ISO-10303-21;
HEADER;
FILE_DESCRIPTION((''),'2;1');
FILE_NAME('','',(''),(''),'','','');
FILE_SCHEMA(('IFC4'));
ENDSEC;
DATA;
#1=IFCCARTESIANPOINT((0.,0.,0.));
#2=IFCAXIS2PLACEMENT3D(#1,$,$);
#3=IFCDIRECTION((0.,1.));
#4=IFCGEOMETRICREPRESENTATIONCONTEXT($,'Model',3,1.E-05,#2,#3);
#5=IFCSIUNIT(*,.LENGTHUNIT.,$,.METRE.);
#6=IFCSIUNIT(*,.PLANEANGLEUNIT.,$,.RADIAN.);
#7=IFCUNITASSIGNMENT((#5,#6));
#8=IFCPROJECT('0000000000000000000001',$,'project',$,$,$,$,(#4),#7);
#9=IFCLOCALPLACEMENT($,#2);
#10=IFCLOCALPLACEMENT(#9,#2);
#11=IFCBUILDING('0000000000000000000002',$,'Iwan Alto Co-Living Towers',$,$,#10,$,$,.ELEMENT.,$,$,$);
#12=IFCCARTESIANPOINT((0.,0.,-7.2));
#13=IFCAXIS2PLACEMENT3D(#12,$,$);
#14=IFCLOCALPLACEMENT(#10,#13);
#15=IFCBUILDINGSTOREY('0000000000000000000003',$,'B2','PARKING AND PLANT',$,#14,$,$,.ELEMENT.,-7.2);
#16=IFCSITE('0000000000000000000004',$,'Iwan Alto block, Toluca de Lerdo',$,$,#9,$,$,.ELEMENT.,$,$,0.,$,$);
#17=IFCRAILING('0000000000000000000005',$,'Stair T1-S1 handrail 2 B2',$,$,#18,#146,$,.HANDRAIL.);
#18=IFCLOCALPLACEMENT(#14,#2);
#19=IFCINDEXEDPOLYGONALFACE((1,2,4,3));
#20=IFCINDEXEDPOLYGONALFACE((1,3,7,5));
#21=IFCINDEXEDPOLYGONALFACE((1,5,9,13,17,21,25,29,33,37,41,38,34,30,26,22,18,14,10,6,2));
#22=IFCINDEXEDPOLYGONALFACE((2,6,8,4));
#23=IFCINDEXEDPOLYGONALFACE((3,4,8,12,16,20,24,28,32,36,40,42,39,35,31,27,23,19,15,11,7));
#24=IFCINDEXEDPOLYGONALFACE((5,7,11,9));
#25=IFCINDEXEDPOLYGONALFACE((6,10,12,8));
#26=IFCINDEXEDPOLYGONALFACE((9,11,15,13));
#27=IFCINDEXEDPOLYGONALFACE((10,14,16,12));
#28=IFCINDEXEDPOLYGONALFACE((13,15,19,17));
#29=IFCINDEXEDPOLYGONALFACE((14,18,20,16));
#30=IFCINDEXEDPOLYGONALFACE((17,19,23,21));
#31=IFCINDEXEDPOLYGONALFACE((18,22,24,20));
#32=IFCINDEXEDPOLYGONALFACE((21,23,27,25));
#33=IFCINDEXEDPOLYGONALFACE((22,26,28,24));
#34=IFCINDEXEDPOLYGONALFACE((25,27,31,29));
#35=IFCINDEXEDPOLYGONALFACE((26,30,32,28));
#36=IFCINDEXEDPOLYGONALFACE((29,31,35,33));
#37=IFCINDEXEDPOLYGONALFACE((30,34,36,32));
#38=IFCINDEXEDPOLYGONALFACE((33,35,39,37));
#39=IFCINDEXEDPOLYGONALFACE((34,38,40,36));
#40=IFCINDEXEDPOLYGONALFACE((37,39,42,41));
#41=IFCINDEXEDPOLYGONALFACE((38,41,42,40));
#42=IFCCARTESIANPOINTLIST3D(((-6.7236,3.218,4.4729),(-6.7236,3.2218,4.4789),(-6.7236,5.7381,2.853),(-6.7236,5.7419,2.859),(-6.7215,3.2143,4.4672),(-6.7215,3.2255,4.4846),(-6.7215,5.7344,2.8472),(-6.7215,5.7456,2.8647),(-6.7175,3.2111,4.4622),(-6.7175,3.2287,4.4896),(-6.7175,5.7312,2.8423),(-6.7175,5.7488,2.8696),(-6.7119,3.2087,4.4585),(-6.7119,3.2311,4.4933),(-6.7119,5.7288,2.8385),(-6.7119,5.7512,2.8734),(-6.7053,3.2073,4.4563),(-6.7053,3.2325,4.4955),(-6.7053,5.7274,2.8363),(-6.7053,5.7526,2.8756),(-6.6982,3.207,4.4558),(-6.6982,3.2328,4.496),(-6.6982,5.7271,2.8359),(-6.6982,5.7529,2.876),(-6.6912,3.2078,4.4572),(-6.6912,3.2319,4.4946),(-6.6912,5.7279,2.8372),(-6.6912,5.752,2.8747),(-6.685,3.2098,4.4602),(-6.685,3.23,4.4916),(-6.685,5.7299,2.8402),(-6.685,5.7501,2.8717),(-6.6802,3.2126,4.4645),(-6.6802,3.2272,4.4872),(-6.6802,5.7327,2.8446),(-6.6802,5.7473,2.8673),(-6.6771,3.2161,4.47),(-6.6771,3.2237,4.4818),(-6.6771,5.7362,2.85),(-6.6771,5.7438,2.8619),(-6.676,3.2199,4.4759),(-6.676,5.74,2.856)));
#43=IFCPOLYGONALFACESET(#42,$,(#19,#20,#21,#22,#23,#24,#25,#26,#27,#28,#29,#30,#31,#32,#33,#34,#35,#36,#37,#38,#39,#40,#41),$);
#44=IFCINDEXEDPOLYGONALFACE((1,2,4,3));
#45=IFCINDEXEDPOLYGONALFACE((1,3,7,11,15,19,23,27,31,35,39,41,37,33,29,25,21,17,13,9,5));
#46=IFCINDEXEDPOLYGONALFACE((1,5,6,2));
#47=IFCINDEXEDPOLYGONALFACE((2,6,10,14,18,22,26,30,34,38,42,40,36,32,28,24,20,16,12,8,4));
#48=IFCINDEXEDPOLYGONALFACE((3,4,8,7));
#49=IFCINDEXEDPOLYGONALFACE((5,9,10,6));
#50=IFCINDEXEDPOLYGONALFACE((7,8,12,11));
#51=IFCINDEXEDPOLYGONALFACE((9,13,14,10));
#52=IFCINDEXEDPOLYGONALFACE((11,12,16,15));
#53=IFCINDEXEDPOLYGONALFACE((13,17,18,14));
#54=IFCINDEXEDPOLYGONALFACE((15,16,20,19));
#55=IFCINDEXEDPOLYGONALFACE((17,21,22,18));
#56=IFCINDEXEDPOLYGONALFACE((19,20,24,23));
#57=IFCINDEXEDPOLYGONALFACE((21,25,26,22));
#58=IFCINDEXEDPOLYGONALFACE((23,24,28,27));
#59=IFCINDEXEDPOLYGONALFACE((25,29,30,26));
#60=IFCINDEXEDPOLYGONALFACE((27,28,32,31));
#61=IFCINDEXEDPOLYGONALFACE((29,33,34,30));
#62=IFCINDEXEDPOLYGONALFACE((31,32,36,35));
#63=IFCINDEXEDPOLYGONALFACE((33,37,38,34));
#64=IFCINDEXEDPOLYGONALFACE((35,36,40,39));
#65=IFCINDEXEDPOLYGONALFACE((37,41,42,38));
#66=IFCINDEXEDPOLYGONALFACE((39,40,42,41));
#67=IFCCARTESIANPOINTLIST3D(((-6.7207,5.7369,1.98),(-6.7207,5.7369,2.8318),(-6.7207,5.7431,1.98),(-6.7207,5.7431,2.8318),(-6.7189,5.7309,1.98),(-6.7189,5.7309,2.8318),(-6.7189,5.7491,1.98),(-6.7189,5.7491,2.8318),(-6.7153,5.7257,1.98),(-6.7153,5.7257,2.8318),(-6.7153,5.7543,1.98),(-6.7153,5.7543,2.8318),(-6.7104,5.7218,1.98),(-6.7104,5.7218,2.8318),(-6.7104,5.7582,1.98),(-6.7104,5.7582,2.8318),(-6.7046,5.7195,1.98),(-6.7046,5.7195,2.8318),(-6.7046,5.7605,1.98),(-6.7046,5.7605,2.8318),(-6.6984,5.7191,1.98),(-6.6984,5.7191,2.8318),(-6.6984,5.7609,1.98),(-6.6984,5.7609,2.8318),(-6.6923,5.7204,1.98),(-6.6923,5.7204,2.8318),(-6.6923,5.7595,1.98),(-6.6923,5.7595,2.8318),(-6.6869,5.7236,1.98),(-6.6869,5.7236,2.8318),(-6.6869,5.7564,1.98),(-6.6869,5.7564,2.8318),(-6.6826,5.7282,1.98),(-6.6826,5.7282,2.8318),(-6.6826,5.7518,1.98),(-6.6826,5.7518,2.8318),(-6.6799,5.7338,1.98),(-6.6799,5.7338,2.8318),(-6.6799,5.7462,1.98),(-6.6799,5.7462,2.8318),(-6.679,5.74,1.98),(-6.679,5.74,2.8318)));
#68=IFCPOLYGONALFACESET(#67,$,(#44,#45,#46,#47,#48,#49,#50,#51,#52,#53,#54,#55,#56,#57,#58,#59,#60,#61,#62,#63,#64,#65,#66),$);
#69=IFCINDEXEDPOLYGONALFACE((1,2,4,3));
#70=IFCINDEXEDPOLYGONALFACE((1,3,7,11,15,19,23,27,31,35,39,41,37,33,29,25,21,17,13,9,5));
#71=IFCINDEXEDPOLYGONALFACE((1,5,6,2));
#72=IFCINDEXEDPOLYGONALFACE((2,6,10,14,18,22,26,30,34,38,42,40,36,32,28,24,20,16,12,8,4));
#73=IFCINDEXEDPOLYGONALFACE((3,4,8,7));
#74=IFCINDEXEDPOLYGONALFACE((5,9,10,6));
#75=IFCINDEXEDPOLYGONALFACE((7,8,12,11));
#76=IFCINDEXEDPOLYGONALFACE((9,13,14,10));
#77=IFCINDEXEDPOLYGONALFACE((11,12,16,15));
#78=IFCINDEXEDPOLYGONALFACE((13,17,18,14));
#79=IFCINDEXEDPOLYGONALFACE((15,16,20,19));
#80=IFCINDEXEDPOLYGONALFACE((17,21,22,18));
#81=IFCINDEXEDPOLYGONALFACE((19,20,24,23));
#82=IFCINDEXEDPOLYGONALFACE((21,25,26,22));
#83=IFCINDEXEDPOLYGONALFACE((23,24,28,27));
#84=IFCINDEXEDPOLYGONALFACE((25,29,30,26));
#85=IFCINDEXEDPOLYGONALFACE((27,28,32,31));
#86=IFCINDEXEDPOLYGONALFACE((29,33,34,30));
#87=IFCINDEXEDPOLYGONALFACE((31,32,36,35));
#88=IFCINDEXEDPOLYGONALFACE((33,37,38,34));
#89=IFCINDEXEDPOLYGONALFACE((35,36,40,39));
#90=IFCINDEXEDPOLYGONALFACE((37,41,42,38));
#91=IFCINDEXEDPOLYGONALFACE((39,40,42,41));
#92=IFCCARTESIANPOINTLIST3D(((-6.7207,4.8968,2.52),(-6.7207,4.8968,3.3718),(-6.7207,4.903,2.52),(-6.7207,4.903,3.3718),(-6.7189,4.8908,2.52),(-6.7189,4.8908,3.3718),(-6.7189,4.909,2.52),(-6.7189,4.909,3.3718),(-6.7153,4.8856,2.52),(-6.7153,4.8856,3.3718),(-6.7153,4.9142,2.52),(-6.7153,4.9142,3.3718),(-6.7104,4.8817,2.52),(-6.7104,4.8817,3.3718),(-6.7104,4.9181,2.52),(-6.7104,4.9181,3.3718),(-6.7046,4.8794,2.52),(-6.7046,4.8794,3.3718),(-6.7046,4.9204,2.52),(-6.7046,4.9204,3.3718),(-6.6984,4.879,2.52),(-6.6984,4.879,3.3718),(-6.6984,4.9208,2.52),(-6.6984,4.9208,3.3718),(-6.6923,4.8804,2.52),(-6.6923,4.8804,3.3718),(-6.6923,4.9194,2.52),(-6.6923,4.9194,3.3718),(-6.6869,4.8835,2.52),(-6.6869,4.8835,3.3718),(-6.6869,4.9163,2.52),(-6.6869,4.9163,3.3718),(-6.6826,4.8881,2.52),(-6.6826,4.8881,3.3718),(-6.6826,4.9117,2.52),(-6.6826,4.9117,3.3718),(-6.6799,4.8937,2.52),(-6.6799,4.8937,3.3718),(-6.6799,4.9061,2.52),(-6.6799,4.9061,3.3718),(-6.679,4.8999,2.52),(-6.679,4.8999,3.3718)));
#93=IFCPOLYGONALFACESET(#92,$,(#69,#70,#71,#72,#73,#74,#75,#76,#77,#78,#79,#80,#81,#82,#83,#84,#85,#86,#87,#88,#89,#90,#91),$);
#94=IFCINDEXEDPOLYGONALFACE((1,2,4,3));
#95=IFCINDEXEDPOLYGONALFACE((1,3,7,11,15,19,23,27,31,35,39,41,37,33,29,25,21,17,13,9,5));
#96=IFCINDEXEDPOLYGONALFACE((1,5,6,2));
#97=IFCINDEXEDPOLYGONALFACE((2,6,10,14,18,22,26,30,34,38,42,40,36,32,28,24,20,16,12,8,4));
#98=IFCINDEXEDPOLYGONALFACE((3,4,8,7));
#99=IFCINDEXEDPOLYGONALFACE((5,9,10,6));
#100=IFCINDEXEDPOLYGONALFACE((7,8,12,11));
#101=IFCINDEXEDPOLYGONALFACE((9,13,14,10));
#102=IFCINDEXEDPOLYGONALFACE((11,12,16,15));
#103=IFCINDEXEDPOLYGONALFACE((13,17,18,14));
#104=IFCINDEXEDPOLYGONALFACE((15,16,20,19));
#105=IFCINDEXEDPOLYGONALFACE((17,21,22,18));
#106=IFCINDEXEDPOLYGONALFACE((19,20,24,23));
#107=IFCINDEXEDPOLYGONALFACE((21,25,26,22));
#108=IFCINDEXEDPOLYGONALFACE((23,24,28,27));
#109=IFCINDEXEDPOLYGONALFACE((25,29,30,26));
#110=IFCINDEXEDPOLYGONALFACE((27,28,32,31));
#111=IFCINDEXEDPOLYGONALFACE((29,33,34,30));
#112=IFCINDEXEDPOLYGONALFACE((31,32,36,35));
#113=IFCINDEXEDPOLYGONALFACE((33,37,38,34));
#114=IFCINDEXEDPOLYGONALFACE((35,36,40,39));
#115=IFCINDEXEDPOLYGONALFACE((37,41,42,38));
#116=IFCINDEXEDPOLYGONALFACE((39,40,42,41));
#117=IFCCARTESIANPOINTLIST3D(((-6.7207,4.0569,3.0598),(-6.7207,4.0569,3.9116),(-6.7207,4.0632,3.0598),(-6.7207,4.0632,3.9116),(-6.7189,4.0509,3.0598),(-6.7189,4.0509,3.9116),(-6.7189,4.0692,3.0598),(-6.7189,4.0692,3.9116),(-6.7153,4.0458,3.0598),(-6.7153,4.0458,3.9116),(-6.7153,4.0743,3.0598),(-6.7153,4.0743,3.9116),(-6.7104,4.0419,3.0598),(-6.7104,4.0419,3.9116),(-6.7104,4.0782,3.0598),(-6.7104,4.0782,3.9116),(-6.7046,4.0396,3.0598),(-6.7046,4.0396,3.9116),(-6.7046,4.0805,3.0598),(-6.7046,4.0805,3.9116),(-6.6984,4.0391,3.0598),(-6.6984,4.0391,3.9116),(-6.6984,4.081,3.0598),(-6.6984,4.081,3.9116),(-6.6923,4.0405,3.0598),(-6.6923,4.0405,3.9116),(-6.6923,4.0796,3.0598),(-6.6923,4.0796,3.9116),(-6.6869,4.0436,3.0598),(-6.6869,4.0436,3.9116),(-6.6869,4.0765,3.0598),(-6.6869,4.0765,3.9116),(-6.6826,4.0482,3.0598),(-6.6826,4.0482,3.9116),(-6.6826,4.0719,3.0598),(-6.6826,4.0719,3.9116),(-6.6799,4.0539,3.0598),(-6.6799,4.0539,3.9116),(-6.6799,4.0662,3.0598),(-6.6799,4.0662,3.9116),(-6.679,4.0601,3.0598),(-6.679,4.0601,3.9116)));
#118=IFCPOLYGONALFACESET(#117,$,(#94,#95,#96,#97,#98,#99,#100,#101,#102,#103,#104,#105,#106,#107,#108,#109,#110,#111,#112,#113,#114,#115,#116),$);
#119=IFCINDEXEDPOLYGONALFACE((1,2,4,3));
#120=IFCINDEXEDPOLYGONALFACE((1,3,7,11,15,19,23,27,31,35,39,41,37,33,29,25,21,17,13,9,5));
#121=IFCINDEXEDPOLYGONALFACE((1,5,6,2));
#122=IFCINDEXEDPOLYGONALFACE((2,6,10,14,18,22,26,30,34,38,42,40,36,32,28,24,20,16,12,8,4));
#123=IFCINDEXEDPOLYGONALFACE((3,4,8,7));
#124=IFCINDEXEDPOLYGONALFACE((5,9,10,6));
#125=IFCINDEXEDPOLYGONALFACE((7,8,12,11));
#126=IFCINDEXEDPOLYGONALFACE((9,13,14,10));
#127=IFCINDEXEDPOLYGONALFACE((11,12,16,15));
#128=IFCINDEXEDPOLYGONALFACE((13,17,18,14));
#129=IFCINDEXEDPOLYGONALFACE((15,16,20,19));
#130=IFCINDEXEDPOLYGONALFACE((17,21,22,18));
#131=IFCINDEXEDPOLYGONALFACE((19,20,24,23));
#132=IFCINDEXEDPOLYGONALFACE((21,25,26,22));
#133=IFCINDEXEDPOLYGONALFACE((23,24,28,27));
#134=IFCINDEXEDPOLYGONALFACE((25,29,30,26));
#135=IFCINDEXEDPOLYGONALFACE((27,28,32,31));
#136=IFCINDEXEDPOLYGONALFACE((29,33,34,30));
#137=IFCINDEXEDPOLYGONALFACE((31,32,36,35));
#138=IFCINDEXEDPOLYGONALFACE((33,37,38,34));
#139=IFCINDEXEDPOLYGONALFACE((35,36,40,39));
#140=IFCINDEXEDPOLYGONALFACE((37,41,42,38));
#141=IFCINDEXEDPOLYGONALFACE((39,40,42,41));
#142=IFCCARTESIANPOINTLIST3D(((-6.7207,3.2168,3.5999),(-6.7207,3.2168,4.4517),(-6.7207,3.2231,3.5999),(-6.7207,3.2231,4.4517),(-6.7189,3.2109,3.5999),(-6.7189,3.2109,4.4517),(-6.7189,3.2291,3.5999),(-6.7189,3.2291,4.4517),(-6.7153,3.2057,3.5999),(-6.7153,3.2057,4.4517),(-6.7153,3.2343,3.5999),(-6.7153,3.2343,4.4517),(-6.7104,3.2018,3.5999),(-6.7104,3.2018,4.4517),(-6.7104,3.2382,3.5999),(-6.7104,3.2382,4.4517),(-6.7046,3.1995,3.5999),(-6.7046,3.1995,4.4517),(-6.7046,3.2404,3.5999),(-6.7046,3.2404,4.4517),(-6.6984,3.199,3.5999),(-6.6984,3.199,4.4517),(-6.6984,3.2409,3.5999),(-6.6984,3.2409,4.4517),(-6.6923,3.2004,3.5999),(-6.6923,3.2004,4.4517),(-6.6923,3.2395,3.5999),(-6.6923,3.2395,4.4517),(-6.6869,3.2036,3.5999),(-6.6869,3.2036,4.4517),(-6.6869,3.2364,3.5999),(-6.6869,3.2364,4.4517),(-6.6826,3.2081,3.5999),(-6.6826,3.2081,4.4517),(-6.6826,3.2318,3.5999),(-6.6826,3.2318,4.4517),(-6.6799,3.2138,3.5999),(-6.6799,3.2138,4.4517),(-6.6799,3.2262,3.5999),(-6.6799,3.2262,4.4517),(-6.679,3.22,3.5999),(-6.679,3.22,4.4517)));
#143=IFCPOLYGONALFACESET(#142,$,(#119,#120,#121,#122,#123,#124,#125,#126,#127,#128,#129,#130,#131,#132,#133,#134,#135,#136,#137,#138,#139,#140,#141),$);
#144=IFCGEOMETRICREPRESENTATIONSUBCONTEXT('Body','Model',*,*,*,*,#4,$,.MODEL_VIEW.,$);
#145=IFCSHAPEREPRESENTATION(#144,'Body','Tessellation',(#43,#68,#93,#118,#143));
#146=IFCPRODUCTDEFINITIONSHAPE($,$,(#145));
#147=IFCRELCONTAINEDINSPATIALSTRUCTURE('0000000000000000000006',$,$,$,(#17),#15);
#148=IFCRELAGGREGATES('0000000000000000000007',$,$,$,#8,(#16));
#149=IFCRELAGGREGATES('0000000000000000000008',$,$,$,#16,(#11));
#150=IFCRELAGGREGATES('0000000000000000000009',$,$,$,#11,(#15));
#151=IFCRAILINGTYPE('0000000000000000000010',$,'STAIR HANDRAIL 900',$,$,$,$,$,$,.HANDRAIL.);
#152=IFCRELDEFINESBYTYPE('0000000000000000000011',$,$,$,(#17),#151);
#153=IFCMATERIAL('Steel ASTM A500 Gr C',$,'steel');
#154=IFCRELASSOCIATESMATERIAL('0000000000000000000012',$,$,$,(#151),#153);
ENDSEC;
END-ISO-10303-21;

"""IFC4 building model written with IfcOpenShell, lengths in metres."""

from ifc_helpers import new_model, si_unit, direction, frame, origin, origin_2d, place, context, subcontext, project, spatial, circle, extrude, material, type_object, element, save


model = new_model("IFC4")

# Units and contexts
model_context = context("Model", 3, precision=1e-05, world=origin(), true_north=direction((0.0, 1.0)))
body_context = subcontext(model_context, "Body", "Model", "MODEL_VIEW")
ifc_project = project(units=[si_unit("LENGTHUNIT", "METRE"), si_unit("PLANEANGLEUNIT", "RADIAN")], contexts=[model_context])

# Site, building, storey
site_placement = place(None, origin())
site = spatial("IfcSite", under=ifc_project, at=site_placement, Name="Iwan Alto block, Toluca de Lerdo", CompositionType="ELEMENT", RefElevation=0.0)
building_placement = place(site_placement, origin())
building = spatial("IfcBuilding", under=site, at=building_placement, Name="Iwan Alto Co-Living Towers", CompositionType="ELEMENT")
storey_placement = place(building_placement, frame((0.0, 0.0, -7.2)))
storey = spatial("IfcBuildingStorey", under=building, at=storey_placement, Name="B2", Description="PARKING AND PLANT", CompositionType="ELEMENT", Elevation=-7.2)

# Railing
ifc_material_1 = material(Name="Steel ASTM A500 Gr C", Category="steel")
railing_type_1 = type_object("IfcRailingType", Name="STAIR HANDRAIL 900", PredefinedType="HANDRAIL", material=ifc_material_1)
railing_1_placement = place(storey_placement, frame((-6.7, 5.74, 1.98)))
element("IfcRailing", 1, at=railing_1_placement, inside=storey, type_object=railing_type_1, Name="Stair T1-S1 handrail 2 B2", PredefinedType="HANDRAIL", context=body_context, shape_type="SweptSolid", body=[
    extrude(circle(Radius=0.0239, at=origin_2d()), frame((0.0, 0.0, 0.876), z_axis=(0.0, -0.8412, 0.540725), x_axis=(1.0, 0.0, 0.0)), (0.0, 0.0, 1.0), 2.9958),
    extrude(circle(Radius=0.021, at=origin_2d()), origin(), (0.0, 0.0, 1.0), 0.8518),
    extrude(circle(Radius=0.021, at=origin_2d()), frame((0.0, -0.8401, 0.54)), (0.0, 0.0, 1.0), 0.8518),
    extrude(circle(Radius=0.021, at=origin_2d()), frame((0.0, -1.6799, 1.0798)), (0.0, 0.0, 1.0), 0.8518),
    extrude(circle(Radius=0.021, at=origin_2d()), frame((0.0, -2.52, 1.6199)), (0.0, 0.0, 1.0), 0.8518),
])

save(model, "model.ifc")
